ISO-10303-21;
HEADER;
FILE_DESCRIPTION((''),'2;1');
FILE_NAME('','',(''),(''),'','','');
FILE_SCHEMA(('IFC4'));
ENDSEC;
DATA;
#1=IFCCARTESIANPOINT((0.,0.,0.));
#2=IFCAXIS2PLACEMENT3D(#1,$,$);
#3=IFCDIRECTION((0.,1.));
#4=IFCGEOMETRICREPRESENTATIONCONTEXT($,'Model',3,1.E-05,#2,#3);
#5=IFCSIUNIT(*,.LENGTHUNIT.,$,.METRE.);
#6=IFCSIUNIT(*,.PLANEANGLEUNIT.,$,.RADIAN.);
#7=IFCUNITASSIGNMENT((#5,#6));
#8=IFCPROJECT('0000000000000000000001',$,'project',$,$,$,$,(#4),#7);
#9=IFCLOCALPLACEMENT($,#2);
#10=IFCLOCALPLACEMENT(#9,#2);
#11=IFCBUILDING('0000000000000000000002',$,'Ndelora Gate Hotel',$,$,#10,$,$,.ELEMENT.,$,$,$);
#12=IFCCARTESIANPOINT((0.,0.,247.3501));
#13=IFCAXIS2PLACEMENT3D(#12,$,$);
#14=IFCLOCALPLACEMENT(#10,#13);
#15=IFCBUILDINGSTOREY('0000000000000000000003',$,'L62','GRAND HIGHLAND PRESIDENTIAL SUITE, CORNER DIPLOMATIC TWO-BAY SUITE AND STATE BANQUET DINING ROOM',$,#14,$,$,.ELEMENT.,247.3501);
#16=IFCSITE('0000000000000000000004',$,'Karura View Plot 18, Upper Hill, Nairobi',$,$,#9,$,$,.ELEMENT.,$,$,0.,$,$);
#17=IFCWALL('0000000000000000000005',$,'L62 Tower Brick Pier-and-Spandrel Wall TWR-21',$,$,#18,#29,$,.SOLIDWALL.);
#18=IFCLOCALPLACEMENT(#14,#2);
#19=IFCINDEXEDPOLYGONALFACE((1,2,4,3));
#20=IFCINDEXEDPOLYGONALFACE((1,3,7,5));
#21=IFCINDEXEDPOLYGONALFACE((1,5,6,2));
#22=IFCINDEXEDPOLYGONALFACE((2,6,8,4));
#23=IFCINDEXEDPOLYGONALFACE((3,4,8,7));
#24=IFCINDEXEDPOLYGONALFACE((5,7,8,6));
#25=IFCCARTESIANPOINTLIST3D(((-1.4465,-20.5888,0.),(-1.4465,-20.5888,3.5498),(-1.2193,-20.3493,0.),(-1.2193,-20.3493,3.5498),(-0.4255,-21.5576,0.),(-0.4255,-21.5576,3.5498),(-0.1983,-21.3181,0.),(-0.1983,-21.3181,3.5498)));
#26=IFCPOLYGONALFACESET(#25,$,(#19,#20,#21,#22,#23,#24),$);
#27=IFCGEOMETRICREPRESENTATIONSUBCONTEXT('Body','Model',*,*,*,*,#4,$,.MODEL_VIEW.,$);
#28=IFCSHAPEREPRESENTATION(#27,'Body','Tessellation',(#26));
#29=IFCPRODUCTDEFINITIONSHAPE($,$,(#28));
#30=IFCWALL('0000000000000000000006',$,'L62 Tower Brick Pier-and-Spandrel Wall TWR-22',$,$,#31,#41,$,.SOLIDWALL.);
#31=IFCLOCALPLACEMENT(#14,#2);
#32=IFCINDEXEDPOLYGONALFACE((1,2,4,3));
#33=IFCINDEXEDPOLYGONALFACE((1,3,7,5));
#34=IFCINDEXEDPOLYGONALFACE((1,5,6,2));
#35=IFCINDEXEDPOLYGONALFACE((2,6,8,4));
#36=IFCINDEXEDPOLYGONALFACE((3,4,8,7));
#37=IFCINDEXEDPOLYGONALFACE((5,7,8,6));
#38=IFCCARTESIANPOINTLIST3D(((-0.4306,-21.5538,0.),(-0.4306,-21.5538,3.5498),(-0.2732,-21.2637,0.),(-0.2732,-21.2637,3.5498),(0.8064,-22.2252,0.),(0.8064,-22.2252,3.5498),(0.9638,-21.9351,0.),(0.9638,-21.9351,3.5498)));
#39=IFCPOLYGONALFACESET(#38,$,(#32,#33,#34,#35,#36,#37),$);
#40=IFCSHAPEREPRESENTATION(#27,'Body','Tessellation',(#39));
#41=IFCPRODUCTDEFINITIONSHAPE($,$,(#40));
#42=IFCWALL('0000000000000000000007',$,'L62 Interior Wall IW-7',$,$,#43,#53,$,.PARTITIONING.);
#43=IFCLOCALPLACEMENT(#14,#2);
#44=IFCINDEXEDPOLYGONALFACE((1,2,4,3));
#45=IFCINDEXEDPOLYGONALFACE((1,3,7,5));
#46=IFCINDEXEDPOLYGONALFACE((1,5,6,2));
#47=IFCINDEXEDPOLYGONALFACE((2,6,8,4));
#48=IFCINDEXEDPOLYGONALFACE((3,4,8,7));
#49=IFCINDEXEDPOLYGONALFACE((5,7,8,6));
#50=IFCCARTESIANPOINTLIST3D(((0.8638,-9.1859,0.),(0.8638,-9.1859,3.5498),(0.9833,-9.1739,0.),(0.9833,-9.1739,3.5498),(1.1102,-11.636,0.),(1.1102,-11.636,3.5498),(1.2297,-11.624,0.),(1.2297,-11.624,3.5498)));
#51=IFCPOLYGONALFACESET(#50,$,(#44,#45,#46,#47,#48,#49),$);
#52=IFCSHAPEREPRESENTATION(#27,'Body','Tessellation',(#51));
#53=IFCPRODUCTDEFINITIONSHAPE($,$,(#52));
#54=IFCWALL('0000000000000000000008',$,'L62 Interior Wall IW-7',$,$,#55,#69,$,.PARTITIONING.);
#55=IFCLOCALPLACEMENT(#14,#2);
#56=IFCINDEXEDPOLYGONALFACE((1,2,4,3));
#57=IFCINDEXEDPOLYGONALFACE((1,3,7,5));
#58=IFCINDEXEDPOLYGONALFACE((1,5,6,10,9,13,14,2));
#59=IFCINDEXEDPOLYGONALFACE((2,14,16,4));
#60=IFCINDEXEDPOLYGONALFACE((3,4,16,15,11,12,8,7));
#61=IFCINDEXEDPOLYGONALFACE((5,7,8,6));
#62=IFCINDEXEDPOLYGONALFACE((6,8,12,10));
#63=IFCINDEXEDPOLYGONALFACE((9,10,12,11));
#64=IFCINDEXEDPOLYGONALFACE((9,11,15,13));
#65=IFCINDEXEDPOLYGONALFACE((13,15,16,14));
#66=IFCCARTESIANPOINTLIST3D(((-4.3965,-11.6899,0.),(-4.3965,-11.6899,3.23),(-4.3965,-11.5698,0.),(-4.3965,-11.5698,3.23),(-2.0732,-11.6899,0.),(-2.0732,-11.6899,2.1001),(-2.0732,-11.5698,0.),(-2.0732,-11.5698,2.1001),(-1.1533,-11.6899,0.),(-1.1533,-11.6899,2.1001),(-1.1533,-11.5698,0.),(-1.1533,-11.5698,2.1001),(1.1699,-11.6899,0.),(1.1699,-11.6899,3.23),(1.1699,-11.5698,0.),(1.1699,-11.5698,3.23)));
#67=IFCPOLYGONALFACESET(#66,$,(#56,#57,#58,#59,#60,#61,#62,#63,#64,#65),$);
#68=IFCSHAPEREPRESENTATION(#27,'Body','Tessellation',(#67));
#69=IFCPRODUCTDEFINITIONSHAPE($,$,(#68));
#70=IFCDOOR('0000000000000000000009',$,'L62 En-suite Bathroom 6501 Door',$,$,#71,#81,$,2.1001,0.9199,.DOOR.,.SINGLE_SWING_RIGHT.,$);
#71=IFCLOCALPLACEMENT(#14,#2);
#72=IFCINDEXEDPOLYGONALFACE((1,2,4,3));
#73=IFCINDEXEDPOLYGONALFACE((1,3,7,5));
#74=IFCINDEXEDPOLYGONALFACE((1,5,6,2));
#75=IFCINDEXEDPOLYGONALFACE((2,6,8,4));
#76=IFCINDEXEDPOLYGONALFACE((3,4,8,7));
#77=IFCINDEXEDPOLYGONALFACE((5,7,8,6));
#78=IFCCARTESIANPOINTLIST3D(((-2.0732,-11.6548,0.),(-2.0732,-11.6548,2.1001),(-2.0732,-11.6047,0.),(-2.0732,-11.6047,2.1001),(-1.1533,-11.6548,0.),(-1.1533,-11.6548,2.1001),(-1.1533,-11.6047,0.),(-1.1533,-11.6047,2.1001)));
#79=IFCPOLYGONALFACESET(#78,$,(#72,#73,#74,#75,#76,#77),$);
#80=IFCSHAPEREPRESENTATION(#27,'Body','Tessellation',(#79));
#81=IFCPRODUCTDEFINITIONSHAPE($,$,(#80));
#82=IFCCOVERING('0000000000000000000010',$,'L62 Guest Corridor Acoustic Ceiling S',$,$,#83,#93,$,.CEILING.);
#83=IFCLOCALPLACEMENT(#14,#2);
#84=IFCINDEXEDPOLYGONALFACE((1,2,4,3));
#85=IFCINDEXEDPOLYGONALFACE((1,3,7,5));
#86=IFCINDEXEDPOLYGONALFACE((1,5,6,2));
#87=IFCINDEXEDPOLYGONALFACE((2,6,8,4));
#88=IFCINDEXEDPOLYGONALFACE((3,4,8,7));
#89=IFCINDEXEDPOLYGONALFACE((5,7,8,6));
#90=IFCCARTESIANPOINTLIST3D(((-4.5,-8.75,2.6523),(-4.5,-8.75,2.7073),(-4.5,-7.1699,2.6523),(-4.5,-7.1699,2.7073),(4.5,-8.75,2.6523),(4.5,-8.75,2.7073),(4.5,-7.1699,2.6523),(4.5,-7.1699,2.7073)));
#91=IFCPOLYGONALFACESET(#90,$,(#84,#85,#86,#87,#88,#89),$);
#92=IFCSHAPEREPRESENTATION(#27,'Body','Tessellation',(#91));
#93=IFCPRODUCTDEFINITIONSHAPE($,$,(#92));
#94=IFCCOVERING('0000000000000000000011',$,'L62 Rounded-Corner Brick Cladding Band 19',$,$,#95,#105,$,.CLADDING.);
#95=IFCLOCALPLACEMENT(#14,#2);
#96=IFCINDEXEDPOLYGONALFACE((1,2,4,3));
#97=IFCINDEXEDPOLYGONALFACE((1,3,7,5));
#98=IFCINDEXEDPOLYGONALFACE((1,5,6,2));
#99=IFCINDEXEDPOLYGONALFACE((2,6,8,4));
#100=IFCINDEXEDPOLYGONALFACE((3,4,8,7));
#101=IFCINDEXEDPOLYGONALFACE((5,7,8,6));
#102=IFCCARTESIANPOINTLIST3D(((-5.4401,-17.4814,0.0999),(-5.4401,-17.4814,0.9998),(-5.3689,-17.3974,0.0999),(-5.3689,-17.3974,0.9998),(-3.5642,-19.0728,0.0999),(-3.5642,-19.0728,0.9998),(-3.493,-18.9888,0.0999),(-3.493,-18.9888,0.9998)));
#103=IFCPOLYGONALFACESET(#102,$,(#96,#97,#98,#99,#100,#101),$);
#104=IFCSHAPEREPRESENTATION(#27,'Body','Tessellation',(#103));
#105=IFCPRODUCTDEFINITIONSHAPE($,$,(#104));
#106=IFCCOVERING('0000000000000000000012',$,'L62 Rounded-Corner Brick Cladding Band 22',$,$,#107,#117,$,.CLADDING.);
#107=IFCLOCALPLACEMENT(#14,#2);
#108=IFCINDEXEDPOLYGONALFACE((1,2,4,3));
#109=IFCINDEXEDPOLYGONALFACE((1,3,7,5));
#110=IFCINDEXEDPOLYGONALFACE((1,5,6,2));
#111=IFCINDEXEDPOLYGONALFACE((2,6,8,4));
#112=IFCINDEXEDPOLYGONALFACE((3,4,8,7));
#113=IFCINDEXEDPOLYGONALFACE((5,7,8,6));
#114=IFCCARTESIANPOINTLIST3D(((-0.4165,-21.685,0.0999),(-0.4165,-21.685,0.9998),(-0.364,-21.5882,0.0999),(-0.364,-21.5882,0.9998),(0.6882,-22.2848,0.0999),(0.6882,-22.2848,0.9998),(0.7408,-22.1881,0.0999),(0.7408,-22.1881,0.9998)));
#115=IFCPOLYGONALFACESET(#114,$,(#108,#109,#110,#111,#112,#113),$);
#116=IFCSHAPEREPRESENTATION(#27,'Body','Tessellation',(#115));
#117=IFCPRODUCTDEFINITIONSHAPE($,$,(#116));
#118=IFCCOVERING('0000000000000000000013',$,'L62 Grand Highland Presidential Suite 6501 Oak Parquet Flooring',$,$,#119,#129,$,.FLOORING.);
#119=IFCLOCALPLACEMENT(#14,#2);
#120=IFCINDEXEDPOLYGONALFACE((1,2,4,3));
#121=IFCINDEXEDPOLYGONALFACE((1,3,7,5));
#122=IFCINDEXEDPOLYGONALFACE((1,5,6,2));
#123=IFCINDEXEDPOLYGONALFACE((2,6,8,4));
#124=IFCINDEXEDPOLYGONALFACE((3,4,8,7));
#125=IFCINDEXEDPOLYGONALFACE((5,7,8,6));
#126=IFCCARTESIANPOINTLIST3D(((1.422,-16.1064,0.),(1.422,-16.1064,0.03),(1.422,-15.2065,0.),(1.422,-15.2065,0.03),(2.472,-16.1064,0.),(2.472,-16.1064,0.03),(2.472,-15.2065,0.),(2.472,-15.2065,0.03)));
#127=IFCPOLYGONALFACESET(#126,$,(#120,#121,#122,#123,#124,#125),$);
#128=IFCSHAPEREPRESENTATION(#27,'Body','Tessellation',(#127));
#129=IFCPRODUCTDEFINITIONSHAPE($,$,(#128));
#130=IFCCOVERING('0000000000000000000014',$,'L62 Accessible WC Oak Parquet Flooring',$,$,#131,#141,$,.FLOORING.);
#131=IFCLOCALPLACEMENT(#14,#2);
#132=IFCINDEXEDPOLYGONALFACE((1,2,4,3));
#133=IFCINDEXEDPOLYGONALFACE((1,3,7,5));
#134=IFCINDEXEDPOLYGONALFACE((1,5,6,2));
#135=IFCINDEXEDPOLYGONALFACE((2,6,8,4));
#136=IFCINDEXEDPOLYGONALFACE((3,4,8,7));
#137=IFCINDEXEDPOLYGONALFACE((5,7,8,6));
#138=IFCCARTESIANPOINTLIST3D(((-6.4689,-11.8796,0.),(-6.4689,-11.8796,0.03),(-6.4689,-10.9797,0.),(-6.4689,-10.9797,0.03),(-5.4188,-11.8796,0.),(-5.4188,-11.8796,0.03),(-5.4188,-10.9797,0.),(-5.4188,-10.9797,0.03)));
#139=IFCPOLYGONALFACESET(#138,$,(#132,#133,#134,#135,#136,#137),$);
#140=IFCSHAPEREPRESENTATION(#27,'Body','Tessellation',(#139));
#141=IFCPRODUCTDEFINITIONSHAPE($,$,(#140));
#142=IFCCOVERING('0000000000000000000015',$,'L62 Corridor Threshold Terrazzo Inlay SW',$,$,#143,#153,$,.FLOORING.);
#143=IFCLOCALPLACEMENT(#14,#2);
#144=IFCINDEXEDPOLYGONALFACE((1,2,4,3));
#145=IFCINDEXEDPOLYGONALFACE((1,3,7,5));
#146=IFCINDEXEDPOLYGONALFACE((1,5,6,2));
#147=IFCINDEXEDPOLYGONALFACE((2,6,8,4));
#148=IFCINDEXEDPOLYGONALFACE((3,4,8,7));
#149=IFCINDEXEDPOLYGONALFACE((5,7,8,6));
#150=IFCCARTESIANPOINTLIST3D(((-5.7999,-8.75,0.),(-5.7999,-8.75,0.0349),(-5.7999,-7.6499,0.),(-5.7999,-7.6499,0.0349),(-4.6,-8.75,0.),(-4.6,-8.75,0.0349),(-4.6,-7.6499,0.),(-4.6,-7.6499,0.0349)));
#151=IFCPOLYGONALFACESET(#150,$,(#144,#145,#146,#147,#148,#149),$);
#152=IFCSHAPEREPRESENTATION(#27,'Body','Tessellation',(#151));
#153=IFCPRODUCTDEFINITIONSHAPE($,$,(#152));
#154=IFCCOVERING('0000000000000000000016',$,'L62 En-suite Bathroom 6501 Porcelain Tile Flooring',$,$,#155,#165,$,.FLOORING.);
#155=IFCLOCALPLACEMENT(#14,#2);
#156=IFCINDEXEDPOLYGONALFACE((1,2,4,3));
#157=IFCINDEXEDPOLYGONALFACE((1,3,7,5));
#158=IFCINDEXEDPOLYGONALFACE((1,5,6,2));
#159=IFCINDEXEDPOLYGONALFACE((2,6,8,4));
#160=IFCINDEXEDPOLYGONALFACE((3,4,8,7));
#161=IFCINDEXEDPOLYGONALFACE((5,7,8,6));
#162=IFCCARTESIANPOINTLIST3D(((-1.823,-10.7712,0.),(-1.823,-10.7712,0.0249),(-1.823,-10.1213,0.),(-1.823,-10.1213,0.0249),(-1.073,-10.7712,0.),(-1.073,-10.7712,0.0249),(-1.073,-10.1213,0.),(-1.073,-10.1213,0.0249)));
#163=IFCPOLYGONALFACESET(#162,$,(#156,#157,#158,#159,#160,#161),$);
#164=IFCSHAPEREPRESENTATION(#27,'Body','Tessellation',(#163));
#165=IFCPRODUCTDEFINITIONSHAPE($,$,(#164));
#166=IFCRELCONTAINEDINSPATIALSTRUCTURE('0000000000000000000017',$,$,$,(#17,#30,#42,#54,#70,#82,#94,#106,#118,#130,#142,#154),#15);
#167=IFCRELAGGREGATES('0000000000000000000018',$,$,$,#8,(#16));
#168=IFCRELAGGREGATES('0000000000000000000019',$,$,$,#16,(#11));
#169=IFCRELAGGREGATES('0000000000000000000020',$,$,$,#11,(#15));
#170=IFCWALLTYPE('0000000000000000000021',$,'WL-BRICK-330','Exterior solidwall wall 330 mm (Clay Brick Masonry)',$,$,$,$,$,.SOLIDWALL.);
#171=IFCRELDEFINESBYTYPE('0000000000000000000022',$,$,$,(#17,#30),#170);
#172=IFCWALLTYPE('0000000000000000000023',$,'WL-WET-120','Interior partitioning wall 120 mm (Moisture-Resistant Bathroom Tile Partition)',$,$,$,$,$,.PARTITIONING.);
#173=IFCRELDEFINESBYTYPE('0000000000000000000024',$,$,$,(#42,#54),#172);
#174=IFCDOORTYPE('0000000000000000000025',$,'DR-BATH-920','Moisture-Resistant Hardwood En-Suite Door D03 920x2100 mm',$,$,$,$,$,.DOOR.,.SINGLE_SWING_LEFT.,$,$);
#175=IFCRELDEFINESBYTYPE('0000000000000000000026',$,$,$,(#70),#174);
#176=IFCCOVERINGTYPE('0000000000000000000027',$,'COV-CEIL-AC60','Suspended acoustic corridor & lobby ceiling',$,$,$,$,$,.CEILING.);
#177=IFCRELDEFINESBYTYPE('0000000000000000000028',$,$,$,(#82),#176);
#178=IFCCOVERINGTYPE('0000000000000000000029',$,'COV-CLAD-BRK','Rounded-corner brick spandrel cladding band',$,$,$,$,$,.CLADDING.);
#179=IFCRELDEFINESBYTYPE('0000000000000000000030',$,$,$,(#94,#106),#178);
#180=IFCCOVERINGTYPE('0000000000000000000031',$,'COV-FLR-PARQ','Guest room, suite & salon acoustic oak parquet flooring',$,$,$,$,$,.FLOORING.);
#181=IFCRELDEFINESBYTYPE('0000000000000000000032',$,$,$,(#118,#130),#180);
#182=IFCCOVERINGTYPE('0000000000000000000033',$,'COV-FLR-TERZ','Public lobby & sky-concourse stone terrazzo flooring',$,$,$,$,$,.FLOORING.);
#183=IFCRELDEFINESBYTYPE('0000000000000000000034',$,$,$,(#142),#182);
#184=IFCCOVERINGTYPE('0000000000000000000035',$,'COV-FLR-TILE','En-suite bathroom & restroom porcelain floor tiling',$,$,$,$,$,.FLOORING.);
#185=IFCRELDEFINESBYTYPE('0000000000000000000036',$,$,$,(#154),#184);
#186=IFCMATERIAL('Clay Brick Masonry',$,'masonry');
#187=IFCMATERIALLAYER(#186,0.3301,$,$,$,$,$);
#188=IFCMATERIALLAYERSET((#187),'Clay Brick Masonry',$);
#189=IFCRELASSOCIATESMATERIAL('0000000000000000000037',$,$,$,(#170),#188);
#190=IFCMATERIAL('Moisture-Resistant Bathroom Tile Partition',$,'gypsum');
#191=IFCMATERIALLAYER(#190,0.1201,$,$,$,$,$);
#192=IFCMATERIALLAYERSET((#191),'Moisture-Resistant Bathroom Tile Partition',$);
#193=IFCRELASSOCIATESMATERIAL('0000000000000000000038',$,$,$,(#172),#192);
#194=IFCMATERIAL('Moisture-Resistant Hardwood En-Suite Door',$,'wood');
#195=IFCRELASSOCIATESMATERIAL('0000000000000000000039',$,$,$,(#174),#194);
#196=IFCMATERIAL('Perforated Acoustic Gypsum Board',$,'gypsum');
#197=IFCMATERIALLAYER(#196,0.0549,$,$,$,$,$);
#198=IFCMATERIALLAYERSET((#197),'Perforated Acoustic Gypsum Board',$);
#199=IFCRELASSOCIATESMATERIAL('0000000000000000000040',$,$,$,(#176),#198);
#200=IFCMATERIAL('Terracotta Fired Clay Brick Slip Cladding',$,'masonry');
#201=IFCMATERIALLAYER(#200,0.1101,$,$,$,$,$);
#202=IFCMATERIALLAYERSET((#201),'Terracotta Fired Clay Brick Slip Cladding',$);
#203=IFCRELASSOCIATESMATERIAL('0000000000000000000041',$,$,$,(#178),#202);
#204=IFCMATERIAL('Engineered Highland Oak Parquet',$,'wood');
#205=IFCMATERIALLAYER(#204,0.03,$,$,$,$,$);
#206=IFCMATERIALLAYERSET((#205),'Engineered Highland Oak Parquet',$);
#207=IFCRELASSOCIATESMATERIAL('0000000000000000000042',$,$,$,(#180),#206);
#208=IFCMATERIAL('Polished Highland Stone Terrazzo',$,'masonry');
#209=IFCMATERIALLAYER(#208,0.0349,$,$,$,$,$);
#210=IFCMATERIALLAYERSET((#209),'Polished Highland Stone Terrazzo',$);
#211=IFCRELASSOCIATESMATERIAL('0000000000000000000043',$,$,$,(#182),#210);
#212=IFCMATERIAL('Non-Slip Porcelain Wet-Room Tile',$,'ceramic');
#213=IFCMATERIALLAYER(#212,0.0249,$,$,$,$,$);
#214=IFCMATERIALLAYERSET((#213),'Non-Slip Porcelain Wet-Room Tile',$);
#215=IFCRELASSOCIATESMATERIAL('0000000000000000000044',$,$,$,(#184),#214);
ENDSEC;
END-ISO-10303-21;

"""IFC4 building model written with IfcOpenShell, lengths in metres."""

from ifc_helpers import new_model, si_unit, direction, frame, frame_2d, origin, origin_2d, place, context, subcontext, project, spatial, rectangle, extrude, material, layer, layer_set, type_object, element, fill, save


model = new_model("IFC4")

# Units and contexts
model_context = context("Model", 3, precision=1e-05, world=origin(), true_north=direction((0.0, 1.0)))
body_context = subcontext(model_context, "Body", "Model", "MODEL_VIEW")
ifc_project = project(units=[si_unit("LENGTHUNIT", "METRE"), si_unit("PLANEANGLEUNIT", "RADIAN")], contexts=[model_context])

# Site, building, storey
site_placement = place(None, origin())
site = spatial("IfcSite", under=ifc_project, at=site_placement, Name="Karura View Plot 18, Upper Hill, Nairobi", CompositionType="ELEMENT", RefElevation=0.0)
building_placement = place(site_placement, origin())
building = spatial("IfcBuilding", under=site, at=building_placement, Name="Ndelora Gate Hotel", CompositionType="ELEMENT")
storey_placement = place(building_placement, frame((0.0, 0.0, 247.3501)))
storey = spatial("IfcBuildingStorey", under=building, at=storey_placement, Name="L62", Description="GRAND HIGHLAND PRESIDENTIAL SUITE, CORNER DIPLOMATIC TWO-BAY SUITE AND STATE BANQUET DINING ROOM", CompositionType="ELEMENT", Elevation=247.3501)

# Shared definitions
ifc_material_1 = material(Name="Clay Brick Masonry", Category="masonry")
ifc_layer_1 = layer(ifc_material_1, 0.3301)
ifc_layer_set_1 = layer_set([ifc_layer_1], Name="Clay Brick Masonry")
wall_type_1 = type_object("IfcWallType", Name="WL-BRICK-330", Description="Exterior solidwall wall 330 mm (Clay Brick Masonry)", PredefinedType="SOLIDWALL", material=ifc_layer_set_1)

# Walls
for number, where, z_axis, x_axis, name in (
    (1, (-0.312, -21.4377, 0.0), (0.0, 0.0, 1.0), (-0.725424, 0.688303, 0.0), "L62 Tower Brick Pier-and-Spandrel Wall TWR-21"),
    (2, (0.885, -22.0801, 0.0), (0.0, 0.0, 1.0), (-0.878901, 0.477004, 0.0), "L62 Tower Brick Pier-and-Spandrel Wall TWR-22"),
):
    element("IfcWall", number, at=place(storey_placement, frame(where, z_axis=z_axis, x_axis=x_axis)), inside=storey, type_object=wall_type_1, Name=name, PredefinedType="SOLIDWALL", context=body_context, shape_type="SweptSolid", body=[
        extrude(rectangle(XDim=1.4075, YDim=0.3301, at=frame_2d((0.7036, 0.0))), origin(), (0.0, 0.0, 1.0), 3.5498),
    ])
ifc_material_2 = material(Name="Moisture-Resistant Bathroom Tile Partition", Category="gypsum")
ifc_layer_2 = layer(ifc_material_2, 0.1201)
ifc_layer_set_2 = layer_set([ifc_layer_2], Name="Moisture-Resistant Bathroom Tile Partition")
wall_type_2 = type_object("IfcWallType", Name="WL-WET-120", Description="Interior partitioning wall 120 mm (Moisture-Resistant Bathroom Tile Partition)", PredefinedType="PARTITIONING", material=ifc_layer_set_2)
wall_1_placement = place(storey_placement, frame((0.9236, -9.1799, 0.0), z_axis=(0.0, 0.0, 1.0), x_axis=(0.100044, -0.994983, 0.0)))
element("IfcWall", 3, at=wall_1_placement, inside=storey, type_object=wall_type_2, Name="L62 Interior Wall IW-7", PredefinedType="PARTITIONING", context=body_context, shape_type="SweptSolid", body=[
    extrude(rectangle(XDim=2.4624, YDim=0.1201, at=frame_2d((1.2312, 0.0))), origin(), (0.0, 0.0, 1.0), 3.5498),
])

# Wall, opening, door
wall_2_placement = place(storey_placement, frame((1.1699, -11.6299, 0.0), z_axis=(0.0, 0.0, 1.0), x_axis=(-1.0, 0.0, 0.0)))
wall_2 = element("IfcWall", 4, at=wall_2_placement, inside=storey, type_object=wall_type_2, Name="L62 Interior Wall IW-7", PredefinedType="PARTITIONING", context=body_context, shape_type="SweptSolid", body=[
    extrude(rectangle(XDim=5.5664, YDim=0.1201, at=frame_2d((2.7832, 0.0))), origin(), (0.0, 0.0, 1.0), 3.23),
])
opening_1_placement = place(wall_2_placement, frame((2.3232, 0.0, 0.0)))
opening_1 = element("IfcOpeningElement", 5, at=opening_1_placement, cuts=wall_2, PredefinedType="OPENING", context=body_context, shape_type="SweptSolid", body=[
    extrude(rectangle(XDim=0.9199, YDim=2.1001, at=frame_2d((0.46, 1.05))), frame((0.0, 0.0701, 0.0), z_axis=(0.0, -1.0, 0.0), x_axis=(1.0, 0.0, 0.0)), (0.0, 0.0, 1.0), 0.1401),
])
ifc_material_3 = material(Name="Moisture-Resistant Hardwood En-Suite Door", Category="wood")
door_type = type_object("IfcDoorType", Name="DR-BATH-920", Description="Moisture-Resistant Hardwood En-Suite Door D03 920x2100 mm", OperationType="SINGLE_SWING_LEFT", PredefinedType="DOOR", material=ifc_material_3)
door_placement = place(opening_1_placement, origin())
door = element("IfcDoor", 6, at=door_placement, inside=storey, type_object=door_type, Name="L62 En-suite Bathroom 6501 Door", OperationType="SINGLE_SWING_RIGHT", OverallHeight=2.1001, OverallWidth=0.9199, PredefinedType="DOOR", context=body_context, shape_type="SweptSolid", body=[
    extrude(rectangle(XDim=0.9199, YDim=2.1001, at=frame_2d((0.46, 1.05))), frame((0.0, 0.0249, 0.0), z_axis=(0.0, -1.0, 0.0), x_axis=(1.0, 0.0, 0.0)), (0.0, 0.0, 1.0), 0.05),
])
fill(opening_1, door)

# Coverings
ifc_material_4 = material(Name="Perforated Acoustic Gypsum Board", Category="gypsum")
ifc_layer_3 = layer(ifc_material_4, 0.0549)
ifc_layer_set_3 = layer_set([ifc_layer_3], Name="Perforated Acoustic Gypsum Board")
covering_type_1 = type_object("IfcCoveringType", Name="COV-CEIL-AC60", Description="Suspended acoustic corridor & lobby ceiling", PredefinedType="CEILING", material=ifc_layer_set_3)
covering_1_placement = place(storey_placement, frame((0.0, -7.96, 2.6523), z_axis=(0.0, 0.0, 1.0), x_axis=(1.0, 0.0, 0.0)))
element("IfcCovering", 7, at=covering_1_placement, inside=storey, type_object=covering_type_1, Name="L62 Guest Corridor Acoustic Ceiling S", PredefinedType="CEILING", context=body_context, shape_type="SweptSolid", body=[
    extrude(rectangle(XDim=9.0, YDim=1.5801, at=origin_2d()), origin(), (0.0, 0.0, 1.0), 0.0549),
])
ifc_material_5 = material(Name="Terracotta Fired Clay Brick Slip Cladding", Category="masonry")
ifc_layer_4 = layer(ifc_material_5, 0.1101)
ifc_layer_set_4 = layer_set([ifc_layer_4], Name="Terracotta Fired Clay Brick Slip Cladding")
covering_type_2 = type_object("IfcCoveringType", Name="COV-CLAD-BRK", Description="Rounded-corner brick spandrel cladding band", PredefinedType="CLADDING", material=ifc_layer_set_4)
covering_2_placement = place(storey_placement, frame((-4.4666, -18.2351, 0.0999), z_axis=(0.0, 0.0, 1.0), x_axis=(-0.762555, 0.646923, 0.0)))
element("IfcCovering", 8, at=covering_2_placement, inside=storey, type_object=covering_type_2, Name="L62 Rounded-Corner Brick Cladding Band 19", PredefinedType="CLADDING", context=body_context, shape_type="SweptSolid", body=[
    extrude(rectangle(XDim=2.46, YDim=0.1101, at=origin_2d()), origin(), (0.0, 0.0, 1.0), 0.8999),
])
covering_3_placement = place(storey_placement, frame((0.1621, -21.9365, 0.0999), z_axis=(0.0, 0.0, 1.0), x_axis=(-0.878817, 0.477159, 0.0)))
element("IfcCovering", 9, at=covering_3_placement, inside=storey, type_object=covering_type_2, Name="L62 Rounded-Corner Brick Cladding Band 22", PredefinedType="CLADDING", context=body_context, shape_type="SweptSolid", body=[
    extrude(rectangle(XDim=1.2571, YDim=0.1101, at=origin_2d()), origin(), (0.0, 0.0, 1.0), 0.8999),
])
ifc_material_6 = material(Name="Engineered Highland Oak Parquet", Category="wood")
ifc_layer_5 = layer(ifc_material_6, 0.03)
ifc_layer_set_5 = layer_set([ifc_layer_5], Name="Engineered Highland Oak Parquet")
covering_type_3 = type_object("IfcCoveringType", Name="COV-FLR-PARQ", Description="Guest room, suite & salon acoustic oak parquet flooring", PredefinedType="FLOORING", material=ifc_layer_set_5)
for number, where, z_axis, x_axis, name in (
    (10, (1.947, -15.6565, 0.0), (0.0, 0.0, 1.0), (1.0, 0.0, 0.0), "L62 Grand Highland Presidential Suite 6501 Oak Parquet Flooring"),
    (11, (-5.9438, -11.4297, 0.0), (0.0, 0.0, 1.0), (1.0, 0.0, 0.0), "L62 Accessible WC Oak Parquet Flooring"),
):
    element("IfcCovering", number, at=place(storey_placement, frame(where, z_axis=z_axis, x_axis=x_axis)), inside=storey, type_object=covering_type_3, Name=name, PredefinedType="FLOORING", context=body_context, shape_type="SweptSolid", body=[
        extrude(rectangle(XDim=1.05, YDim=0.8999, at=origin_2d()), origin(), (0.0, 0.0, 1.0), 0.03),
    ])
ifc_material_7 = material(Name="Polished Highland Stone Terrazzo", Category="masonry")
ifc_layer_6 = layer(ifc_material_7, 0.0349)
ifc_layer_set_6 = layer_set([ifc_layer_6], Name="Polished Highland Stone Terrazzo")
covering_type_4 = type_object("IfcCoveringType", Name="COV-FLR-TERZ", Description="Public lobby & sky-concourse stone terrazzo flooring", PredefinedType="FLOORING", material=ifc_layer_set_6)
covering_4_placement = place(storey_placement, frame((-5.2, -8.2, 0.0), z_axis=(0.0, 0.0, 1.0), x_axis=(1.0, 0.0, 0.0)))
element("IfcCovering", 12, at=covering_4_placement, inside=storey, type_object=covering_type_4, Name="L62 Corridor Threshold Terrazzo Inlay SW", PredefinedType="FLOORING", context=body_context, shape_type="SweptSolid", body=[
    extrude(rectangle(XDim=1.2, YDim=1.1001, at=origin_2d()), origin(), (0.0, 0.0, 1.0), 0.0349),
])
ifc_material_8 = material(Name="Non-Slip Porcelain Wet-Room Tile", Category="ceramic")
ifc_layer_7 = layer(ifc_material_8, 0.0249)
ifc_layer_set_7 = layer_set([ifc_layer_7], Name="Non-Slip Porcelain Wet-Room Tile")
covering_type_5 = type_object("IfcCoveringType", Name="COV-FLR-TILE", Description="En-suite bathroom & restroom porcelain floor tiling", PredefinedType="FLOORING", material=ifc_layer_set_7)
covering_5_placement = place(storey_placement, frame((-1.448, -10.4463, 0.0), z_axis=(0.0, 0.0, 1.0), x_axis=(1.0, 0.0, 0.0)))
element("IfcCovering", 13, at=covering_5_placement, inside=storey, type_object=covering_type_5, Name="L62 En-suite Bathroom 6501 Porcelain Tile Flooring", PredefinedType="FLOORING", context=body_context, shape_type="SweptSolid", body=[
    extrude(rectangle(XDim=0.75, YDim=0.6499, at=origin_2d()), origin(), (0.0, 0.0, 1.0), 0.0249),
])

save(model, "model.ifc")
